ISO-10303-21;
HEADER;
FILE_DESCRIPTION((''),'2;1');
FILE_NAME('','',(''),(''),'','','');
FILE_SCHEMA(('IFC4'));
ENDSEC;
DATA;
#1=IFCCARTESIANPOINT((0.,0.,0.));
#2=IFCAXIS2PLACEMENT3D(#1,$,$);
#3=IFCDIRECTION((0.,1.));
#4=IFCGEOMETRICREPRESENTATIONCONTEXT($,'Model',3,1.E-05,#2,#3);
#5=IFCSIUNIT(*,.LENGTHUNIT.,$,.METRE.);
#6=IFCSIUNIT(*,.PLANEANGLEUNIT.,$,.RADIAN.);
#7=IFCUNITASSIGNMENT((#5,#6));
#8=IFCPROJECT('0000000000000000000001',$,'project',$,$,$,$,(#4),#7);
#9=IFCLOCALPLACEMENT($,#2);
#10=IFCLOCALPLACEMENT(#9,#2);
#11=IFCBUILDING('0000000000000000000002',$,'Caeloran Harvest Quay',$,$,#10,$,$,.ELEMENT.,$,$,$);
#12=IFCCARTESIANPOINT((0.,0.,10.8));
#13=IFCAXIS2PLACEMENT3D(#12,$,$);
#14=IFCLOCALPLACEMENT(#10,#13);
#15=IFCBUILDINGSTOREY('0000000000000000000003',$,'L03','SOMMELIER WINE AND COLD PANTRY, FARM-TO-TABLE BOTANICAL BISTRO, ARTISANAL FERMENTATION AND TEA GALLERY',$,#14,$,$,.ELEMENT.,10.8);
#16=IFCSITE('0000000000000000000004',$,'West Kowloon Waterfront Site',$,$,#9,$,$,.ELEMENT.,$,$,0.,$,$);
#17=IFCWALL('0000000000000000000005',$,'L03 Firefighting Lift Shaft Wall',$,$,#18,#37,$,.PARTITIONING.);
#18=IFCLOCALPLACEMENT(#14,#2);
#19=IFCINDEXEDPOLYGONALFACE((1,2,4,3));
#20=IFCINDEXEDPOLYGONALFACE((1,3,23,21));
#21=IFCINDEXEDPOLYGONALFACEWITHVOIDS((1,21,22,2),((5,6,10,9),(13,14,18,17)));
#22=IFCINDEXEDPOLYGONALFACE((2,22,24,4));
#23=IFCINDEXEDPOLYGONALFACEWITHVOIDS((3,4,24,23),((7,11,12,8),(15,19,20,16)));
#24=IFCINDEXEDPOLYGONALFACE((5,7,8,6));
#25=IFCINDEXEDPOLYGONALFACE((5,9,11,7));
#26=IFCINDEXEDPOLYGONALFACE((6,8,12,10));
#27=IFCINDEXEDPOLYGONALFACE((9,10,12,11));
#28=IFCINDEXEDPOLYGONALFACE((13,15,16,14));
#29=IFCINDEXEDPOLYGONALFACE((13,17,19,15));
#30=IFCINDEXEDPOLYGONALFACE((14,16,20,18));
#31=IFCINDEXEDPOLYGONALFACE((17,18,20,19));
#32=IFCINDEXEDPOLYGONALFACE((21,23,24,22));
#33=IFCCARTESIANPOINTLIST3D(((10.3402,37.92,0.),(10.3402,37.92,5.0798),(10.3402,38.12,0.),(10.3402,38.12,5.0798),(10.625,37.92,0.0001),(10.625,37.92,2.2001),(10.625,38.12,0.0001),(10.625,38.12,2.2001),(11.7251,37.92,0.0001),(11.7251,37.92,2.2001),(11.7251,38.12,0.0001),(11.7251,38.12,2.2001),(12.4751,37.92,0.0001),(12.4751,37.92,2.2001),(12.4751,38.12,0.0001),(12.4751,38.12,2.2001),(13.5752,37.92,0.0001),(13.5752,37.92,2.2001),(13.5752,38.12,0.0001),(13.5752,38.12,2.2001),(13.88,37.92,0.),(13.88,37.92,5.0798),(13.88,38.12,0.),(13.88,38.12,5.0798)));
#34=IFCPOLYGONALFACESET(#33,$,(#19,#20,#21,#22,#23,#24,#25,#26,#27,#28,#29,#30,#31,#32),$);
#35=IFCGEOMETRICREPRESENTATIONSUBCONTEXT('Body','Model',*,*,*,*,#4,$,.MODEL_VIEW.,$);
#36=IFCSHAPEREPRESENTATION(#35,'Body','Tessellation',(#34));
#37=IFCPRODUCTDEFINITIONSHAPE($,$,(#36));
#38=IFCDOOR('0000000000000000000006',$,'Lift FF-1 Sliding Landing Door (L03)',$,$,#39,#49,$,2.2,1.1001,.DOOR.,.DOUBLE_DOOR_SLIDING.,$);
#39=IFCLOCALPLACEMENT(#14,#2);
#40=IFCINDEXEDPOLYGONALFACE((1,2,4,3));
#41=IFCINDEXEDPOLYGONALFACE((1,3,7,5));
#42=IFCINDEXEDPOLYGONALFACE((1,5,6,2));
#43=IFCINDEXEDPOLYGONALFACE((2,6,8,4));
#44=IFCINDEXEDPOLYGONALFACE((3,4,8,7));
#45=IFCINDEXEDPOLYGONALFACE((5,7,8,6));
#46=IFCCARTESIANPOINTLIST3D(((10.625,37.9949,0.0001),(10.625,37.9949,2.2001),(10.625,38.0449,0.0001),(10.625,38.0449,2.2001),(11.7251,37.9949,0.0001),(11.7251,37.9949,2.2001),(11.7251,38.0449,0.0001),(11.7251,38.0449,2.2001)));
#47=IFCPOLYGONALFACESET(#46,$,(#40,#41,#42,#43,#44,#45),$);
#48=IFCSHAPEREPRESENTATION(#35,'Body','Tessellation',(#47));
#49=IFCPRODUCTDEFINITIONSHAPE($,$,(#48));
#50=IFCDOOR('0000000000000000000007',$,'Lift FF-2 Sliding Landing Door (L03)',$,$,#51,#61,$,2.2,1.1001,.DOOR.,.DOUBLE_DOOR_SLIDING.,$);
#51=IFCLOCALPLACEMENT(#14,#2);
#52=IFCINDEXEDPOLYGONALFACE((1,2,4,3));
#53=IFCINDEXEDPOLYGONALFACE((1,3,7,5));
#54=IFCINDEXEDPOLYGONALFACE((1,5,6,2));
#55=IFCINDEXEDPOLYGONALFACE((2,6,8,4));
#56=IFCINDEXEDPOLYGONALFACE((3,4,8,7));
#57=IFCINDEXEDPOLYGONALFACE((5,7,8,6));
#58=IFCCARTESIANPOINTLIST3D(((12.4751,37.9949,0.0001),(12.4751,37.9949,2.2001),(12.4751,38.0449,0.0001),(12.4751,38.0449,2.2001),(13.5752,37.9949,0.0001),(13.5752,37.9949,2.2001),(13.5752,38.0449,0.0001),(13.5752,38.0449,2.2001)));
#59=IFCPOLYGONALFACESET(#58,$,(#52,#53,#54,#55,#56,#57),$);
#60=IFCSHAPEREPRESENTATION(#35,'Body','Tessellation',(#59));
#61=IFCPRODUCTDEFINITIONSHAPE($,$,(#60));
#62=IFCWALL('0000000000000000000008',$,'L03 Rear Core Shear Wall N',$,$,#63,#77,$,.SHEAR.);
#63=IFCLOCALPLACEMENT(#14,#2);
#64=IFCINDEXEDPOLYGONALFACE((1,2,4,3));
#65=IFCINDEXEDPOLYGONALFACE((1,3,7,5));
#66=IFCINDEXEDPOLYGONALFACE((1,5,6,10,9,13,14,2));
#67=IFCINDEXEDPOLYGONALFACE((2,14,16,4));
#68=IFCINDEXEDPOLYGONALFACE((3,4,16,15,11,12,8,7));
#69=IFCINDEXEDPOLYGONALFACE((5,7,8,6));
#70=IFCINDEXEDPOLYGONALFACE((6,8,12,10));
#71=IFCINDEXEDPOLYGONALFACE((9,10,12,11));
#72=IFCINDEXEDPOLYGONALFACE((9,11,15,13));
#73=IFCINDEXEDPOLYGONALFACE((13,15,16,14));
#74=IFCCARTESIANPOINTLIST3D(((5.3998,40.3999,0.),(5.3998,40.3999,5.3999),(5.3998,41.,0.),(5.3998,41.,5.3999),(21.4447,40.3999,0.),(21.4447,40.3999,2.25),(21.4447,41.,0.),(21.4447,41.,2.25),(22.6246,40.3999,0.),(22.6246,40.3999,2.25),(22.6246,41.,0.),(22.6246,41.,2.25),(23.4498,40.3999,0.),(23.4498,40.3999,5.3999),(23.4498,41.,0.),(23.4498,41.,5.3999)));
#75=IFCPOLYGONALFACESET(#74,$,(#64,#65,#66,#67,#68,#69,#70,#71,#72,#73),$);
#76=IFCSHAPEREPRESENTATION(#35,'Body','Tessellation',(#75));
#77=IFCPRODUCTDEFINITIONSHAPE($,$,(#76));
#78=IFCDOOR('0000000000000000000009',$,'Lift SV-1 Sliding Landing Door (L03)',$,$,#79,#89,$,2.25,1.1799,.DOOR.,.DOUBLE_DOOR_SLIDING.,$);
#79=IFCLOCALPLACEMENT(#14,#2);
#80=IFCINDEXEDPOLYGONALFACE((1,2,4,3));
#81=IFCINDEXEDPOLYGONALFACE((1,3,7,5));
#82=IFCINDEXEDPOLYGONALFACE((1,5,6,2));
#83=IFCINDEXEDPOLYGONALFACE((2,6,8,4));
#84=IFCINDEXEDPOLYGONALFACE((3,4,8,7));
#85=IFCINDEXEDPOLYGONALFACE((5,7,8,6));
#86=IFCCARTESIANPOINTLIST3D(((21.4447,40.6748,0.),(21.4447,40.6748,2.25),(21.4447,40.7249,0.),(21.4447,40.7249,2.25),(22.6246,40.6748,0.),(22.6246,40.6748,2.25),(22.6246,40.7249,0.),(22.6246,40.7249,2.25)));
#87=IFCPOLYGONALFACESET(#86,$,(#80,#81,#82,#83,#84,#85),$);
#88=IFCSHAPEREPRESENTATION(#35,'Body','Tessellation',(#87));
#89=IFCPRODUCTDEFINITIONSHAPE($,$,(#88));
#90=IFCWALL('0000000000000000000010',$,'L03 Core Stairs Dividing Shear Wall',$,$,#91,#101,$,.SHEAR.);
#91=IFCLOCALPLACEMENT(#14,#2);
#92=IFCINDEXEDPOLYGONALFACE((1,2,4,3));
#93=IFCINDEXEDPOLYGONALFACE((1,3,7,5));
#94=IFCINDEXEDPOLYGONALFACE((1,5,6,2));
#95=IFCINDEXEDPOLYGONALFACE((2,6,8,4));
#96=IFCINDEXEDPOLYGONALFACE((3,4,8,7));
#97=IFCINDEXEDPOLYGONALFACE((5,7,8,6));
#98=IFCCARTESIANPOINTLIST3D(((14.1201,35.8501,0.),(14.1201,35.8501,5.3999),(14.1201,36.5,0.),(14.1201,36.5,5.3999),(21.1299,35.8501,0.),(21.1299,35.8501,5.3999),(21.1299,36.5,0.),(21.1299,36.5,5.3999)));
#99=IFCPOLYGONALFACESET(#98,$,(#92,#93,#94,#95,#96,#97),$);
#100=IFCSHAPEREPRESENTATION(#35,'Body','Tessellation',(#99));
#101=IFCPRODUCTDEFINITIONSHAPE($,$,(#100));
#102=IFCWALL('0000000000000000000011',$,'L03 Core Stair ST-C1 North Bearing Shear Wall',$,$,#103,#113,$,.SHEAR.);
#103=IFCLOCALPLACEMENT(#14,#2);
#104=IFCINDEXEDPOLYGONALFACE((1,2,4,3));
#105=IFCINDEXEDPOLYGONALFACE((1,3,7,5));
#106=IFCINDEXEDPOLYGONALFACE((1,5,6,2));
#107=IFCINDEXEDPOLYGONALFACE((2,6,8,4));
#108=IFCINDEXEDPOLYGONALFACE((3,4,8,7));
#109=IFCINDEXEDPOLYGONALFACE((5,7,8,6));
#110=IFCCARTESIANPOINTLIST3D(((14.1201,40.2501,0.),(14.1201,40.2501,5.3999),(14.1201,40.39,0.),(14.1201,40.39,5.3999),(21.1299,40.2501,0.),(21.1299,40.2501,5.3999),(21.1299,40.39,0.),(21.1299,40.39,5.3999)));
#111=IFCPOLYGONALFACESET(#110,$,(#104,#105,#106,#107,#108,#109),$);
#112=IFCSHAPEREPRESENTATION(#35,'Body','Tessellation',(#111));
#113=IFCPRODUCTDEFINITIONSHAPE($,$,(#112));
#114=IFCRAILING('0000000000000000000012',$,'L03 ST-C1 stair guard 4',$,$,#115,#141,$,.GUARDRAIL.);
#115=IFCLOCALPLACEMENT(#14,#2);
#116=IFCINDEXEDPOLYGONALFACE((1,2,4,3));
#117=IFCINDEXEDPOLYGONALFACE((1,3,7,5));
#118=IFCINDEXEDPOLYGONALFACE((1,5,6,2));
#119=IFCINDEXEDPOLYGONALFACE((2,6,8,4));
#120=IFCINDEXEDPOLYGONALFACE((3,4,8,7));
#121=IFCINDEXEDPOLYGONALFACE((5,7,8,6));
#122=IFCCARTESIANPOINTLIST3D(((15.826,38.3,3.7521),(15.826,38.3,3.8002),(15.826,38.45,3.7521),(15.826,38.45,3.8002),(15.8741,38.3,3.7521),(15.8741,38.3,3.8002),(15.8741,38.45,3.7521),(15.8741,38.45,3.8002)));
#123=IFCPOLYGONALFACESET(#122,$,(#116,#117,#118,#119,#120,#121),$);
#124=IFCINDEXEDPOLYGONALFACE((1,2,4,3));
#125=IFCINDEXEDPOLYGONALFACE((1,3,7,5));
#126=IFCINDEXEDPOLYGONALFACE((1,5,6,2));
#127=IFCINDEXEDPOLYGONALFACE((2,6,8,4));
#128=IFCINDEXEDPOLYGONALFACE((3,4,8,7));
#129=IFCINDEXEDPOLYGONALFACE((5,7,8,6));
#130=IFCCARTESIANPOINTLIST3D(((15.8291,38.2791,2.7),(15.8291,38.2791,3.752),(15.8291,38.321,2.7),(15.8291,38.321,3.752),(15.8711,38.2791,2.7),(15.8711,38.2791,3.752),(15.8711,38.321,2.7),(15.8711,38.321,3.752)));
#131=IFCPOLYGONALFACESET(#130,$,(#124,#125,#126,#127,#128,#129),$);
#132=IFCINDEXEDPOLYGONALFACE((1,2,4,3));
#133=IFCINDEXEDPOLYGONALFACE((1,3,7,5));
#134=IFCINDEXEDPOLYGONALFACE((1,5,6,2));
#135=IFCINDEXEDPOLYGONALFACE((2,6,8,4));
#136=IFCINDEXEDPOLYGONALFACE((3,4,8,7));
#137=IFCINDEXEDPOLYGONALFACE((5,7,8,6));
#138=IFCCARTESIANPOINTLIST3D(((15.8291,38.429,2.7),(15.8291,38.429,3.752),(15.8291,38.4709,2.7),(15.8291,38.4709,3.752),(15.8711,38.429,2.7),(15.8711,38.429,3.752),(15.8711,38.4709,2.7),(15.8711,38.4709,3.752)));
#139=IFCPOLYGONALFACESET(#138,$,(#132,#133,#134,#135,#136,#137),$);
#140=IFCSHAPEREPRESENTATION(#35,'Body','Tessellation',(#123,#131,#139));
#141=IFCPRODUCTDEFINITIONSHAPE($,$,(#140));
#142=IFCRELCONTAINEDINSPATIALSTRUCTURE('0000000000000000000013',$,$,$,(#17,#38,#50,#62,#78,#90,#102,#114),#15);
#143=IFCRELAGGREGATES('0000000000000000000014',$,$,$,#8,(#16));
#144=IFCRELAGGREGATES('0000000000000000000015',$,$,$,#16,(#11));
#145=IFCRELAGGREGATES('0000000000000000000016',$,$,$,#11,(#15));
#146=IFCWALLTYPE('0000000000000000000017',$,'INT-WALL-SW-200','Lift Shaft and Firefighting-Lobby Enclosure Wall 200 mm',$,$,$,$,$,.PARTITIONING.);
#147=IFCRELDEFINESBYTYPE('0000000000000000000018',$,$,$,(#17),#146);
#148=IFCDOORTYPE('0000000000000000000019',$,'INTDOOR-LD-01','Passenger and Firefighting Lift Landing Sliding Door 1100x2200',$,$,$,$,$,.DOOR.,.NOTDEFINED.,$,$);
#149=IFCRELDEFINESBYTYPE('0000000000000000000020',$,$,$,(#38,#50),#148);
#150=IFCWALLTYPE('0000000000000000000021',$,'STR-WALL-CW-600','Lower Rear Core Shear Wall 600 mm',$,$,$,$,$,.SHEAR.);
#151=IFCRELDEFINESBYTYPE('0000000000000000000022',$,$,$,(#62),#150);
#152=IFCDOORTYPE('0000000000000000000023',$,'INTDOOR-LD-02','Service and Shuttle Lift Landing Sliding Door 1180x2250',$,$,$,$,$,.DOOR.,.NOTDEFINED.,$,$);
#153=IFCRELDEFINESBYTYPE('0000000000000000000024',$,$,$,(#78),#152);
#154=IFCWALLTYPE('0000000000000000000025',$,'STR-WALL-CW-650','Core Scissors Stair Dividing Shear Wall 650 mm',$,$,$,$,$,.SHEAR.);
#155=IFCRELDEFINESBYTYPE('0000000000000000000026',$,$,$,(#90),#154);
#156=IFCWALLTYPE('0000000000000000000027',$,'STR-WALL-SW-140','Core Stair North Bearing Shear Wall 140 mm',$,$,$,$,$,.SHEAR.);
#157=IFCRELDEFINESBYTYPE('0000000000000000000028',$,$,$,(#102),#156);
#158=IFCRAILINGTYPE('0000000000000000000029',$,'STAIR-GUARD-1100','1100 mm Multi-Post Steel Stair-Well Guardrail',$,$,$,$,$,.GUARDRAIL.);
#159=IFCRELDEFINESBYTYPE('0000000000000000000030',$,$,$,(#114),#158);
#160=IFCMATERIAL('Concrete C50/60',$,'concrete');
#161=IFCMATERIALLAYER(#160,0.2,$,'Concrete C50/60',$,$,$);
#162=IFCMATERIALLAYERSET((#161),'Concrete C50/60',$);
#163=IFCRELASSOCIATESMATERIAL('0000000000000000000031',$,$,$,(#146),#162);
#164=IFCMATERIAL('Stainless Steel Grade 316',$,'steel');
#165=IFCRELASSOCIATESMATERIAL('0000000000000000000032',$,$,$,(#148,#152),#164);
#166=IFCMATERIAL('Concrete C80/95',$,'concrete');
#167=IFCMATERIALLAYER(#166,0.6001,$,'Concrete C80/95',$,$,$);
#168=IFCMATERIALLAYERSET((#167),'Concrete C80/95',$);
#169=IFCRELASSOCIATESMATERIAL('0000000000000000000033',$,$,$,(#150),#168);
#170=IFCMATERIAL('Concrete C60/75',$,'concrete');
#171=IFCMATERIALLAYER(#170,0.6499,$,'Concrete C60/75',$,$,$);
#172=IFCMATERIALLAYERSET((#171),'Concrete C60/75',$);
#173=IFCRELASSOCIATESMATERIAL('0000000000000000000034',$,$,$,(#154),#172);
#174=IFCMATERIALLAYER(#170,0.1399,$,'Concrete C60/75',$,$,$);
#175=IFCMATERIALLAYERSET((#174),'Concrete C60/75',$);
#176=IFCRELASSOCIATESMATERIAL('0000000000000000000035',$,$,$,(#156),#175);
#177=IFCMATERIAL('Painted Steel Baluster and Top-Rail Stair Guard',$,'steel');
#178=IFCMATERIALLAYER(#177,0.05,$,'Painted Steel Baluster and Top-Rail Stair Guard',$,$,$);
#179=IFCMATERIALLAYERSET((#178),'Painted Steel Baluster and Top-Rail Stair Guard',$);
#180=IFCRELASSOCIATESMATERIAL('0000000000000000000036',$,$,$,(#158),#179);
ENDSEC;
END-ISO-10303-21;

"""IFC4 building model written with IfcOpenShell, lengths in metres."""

from ifc_helpers import new_model, si_unit, direction, frame, frame_2d, origin, origin_2d, place, context, subcontext, project, spatial, rectangle, extrude, material, layer, layer_set, type_object, element, fill, save


model = new_model("IFC4")

# Units and contexts
model_context = context("Model", 3, precision=1e-05, world=origin(), true_north=direction((0.0, 1.0)))
body_context = subcontext(model_context, "Body", "Model", "MODEL_VIEW")
ifc_project = project(units=[si_unit("LENGTHUNIT", "METRE"), si_unit("PLANEANGLEUNIT", "RADIAN")], contexts=[model_context])

# Site, building, storey
site_placement = place(None, origin())
site = spatial("IfcSite", under=ifc_project, at=site_placement, Name="West Kowloon Waterfront Site", CompositionType="ELEMENT", RefElevation=0.0)
building_placement = place(site_placement, origin())
building = spatial("IfcBuilding", under=site, at=building_placement, Name="Caeloran Harvest Quay", CompositionType="ELEMENT")
storey_placement = place(building_placement, frame((0.0, 0.0, 10.8)))
storey = spatial("IfcBuildingStorey", under=building, at=storey_placement, Name="L03", Description="SOMMELIER WINE AND COLD PANTRY, FARM-TO-TABLE BOTANICAL BISTRO, ARTISANAL FERMENTATION AND TEA GALLERY", CompositionType="ELEMENT", Elevation=10.8)

# Shared definitions
ifc_material_1 = material(Name="Concrete C50/60", Category="concrete")
ifc_layer_1 = layer(ifc_material_1, 0.2, Name="Concrete C50/60")
ifc_layer_set_1 = layer_set([ifc_layer_1], Name="Concrete C50/60")
wall_type_1 = type_object("IfcWallType", Name="INT-WALL-SW-200", Description="Lift Shaft and Firefighting-Lobby Enclosure Wall 200 mm", PredefinedType="PARTITIONING", material=ifc_layer_set_1)

# Wall, openings, doors
wall_1_placement = place(storey_placement, frame((10.3401, 38.02, 0.0), z_axis=(0.0, 0.0, 1.0), x_axis=(1.0, 0.0, 0.0)))
wall_1 = element("IfcWall", 1, at=wall_1_placement, inside=storey, type_object=wall_type_1, Name="L03 Firefighting Lift Shaft Wall", PredefinedType="PARTITIONING", context=body_context, shape_type="SweptSolid", body=[
    extrude(rectangle(XDim=3.5398, YDim=0.2, at=frame_2d((1.77, 0.0))), origin(), (0.0, 0.0, 1.0), 5.0798),
])
opening_1_placement = place(wall_1_placement, frame((0.2849, 0.0, 0.0)))
opening_1 = element("IfcOpeningElement", 2, at=opening_1_placement, cuts=wall_1, PredefinedType="OPENING", context=body_context, shape_type="SweptSolid", body=[
    extrude(rectangle(XDim=1.1001, YDim=2.2, at=frame_2d((0.55, 1.1001))), frame((0.0, 0.1099, 0.0), z_axis=(0.0, -1.0, 0.0), x_axis=(1.0, 0.0, 0.0)), (0.0, 0.0, 1.0), 0.22),
])
opening_2_placement = place(wall_1_placement, frame((2.135, 0.0, 0.0)))
opening_2 = element("IfcOpeningElement", 3, at=opening_2_placement, cuts=wall_1, PredefinedType="OPENING", context=body_context, shape_type="SweptSolid", body=[
    extrude(rectangle(XDim=1.1001, YDim=2.2, at=frame_2d((0.55, 1.1001))), frame((0.0, 0.1099, 0.0), z_axis=(0.0, -1.0, 0.0), x_axis=(1.0, 0.0, 0.0)), (0.0, 0.0, 1.0), 0.22),
])
ifc_material_2 = material(Name="Stainless Steel Grade 316", Category="steel")
door_type_1 = type_object("IfcDoorType", Name="INTDOOR-LD-01", Description="Passenger and Firefighting Lift Landing Sliding Door 1100x2200", OperationType="NOTDEFINED", PredefinedType="DOOR", material=ifc_material_2)
door_1_placement = place(opening_1_placement, origin())
door_1 = element("IfcDoor", 4, at=door_1_placement, inside=storey, type_object=door_type_1, Name="Lift FF-1 Sliding Landing Door (L03)", OperationType="DOUBLE_DOOR_SLIDING", OverallHeight=2.2, OverallWidth=1.1001, PredefinedType="DOOR", context=body_context, shape_type="SweptSolid", body=[
    extrude(rectangle(XDim=1.1001, YDim=2.2, at=frame_2d((0.55, 1.1001))), frame((0.0, 0.0249, 0.0), z_axis=(0.0, -1.0, 0.0), x_axis=(1.0, 0.0, 0.0)), (0.0, 0.0, 1.0), 0.05),
])
fill(opening_1, door_1)
door_2_placement = place(opening_2_placement, origin())
door_2 = element("IfcDoor", 5, at=door_2_placement, inside=storey, type_object=door_type_1, Name="Lift FF-2 Sliding Landing Door (L03)", OperationType="DOUBLE_DOOR_SLIDING", OverallHeight=2.2, OverallWidth=1.1001, PredefinedType="DOOR", context=body_context, shape_type="SweptSolid", body=[
    extrude(rectangle(XDim=1.1001, YDim=2.2, at=frame_2d((0.55, 1.1001))), frame((0.0, 0.0249, 0.0), z_axis=(0.0, -1.0, 0.0), x_axis=(1.0, 0.0, 0.0)), (0.0, 0.0, 1.0), 0.05),
])
fill(opening_2, door_2)

# Wall, opening, door
ifc_material_3 = material(Name="Concrete C80/95", Category="concrete")
ifc_layer_2 = layer(ifc_material_3, 0.6001, Name="Concrete C80/95")
ifc_layer_set_2 = layer_set([ifc_layer_2], Name="Concrete C80/95")
wall_type_2 = type_object("IfcWallType", Name="STR-WALL-CW-600", Description="Lower Rear Core Shear Wall 600 mm", PredefinedType="SHEAR", material=ifc_layer_set_2)
wall_2_placement = place(storey_placement, frame((5.3999, 40.7, 0.0), z_axis=(0.0, 0.0, 1.0), x_axis=(1.0, 0.0, 0.0)))
wall_2 = element("IfcWall", 6, at=wall_2_placement, inside=storey, type_object=wall_type_2, Name="L03 Rear Core Shear Wall N", PredefinedType="SHEAR", context=body_context, shape_type="SweptSolid", body=[
    extrude(rectangle(XDim=18.05, YDim=0.6001, at=frame_2d((9.0249, 0.0))), origin(), (0.0, 0.0, 1.0), 5.3999),
])
opening_3_placement = place(wall_2_placement, frame((16.0449, 0.0, 0.0)))
opening_3 = element("IfcOpeningElement", 7, at=opening_3_placement, cuts=wall_2, PredefinedType="OPENING", context=body_context, shape_type="SweptSolid", body=[
    extrude(rectangle(XDim=1.1799, YDim=2.25, at=frame_2d((0.5898, 1.125))), frame((0.0, 0.3101, 0.0), z_axis=(0.0, -1.0, 0.0), x_axis=(1.0, 0.0, 0.0)), (0.0, 0.0, 1.0), 0.6201),
])
door_type_2 = type_object("IfcDoorType", Name="INTDOOR-LD-02", Description="Service and Shuttle Lift Landing Sliding Door 1180x2250", OperationType="NOTDEFINED", PredefinedType="DOOR", material=ifc_material_2)
door_3_placement = place(opening_3_placement, origin())
door_3 = element("IfcDoor", 8, at=door_3_placement, inside=storey, type_object=door_type_2, Name="Lift SV-1 Sliding Landing Door (L03)", OperationType="DOUBLE_DOOR_SLIDING", OverallHeight=2.25, OverallWidth=1.1799, PredefinedType="DOOR", context=body_context, shape_type="SweptSolid", body=[
    extrude(rectangle(XDim=1.1799, YDim=2.25, at=frame_2d((0.5898, 1.125))), frame((0.0, 0.0249, 0.0), z_axis=(0.0, -1.0, 0.0), x_axis=(1.0, 0.0, 0.0)), (0.0, 0.0, 1.0), 0.05),
])
fill(opening_3, door_3)

# Walls
ifc_material_4 = material(Name="Concrete C60/75", Category="concrete")
ifc_layer_3 = layer(ifc_material_4, 0.6499, Name="Concrete C60/75")
ifc_layer_set_3 = layer_set([ifc_layer_3], Name="Concrete C60/75")
wall_type_3 = type_object("IfcWallType", Name="STR-WALL-CW-650", Description="Core Scissors Stair Dividing Shear Wall 650 mm", PredefinedType="SHEAR", material=ifc_layer_set_3)
wall_3_placement = place(storey_placement, frame((14.1201, 36.175, 0.0), z_axis=(0.0, 0.0, 1.0), x_axis=(1.0, 0.0, 0.0)))
element("IfcWall", 9, at=wall_3_placement, inside=storey, type_object=wall_type_3, Name="L03 Core Stairs Dividing Shear Wall", PredefinedType="SHEAR", context=body_context, shape_type="SweptSolid", body=[
    extrude(rectangle(XDim=7.0098, YDim=0.6499, at=frame_2d((3.5049, 0.0))), origin(), (0.0, 0.0, 1.0), 5.3999),
])
ifc_layer_4 = layer(ifc_material_4, 0.1399, Name="Concrete C60/75")
ifc_layer_set_4 = layer_set([ifc_layer_4], Name="Concrete C60/75")
wall_type_4 = type_object("IfcWallType", Name="STR-WALL-SW-140", Description="Core Stair North Bearing Shear Wall 140 mm", PredefinedType="SHEAR", material=ifc_layer_set_4)
wall_4_placement = place(storey_placement, frame((14.1201, 40.3201, 0.0), z_axis=(0.0, 0.0, 1.0), x_axis=(1.0, 0.0, 0.0)))
element("IfcWall", 10, at=wall_4_placement, inside=storey, type_object=wall_type_4, Name="L03 Core Stair ST-C1 North Bearing Shear Wall", PredefinedType="SHEAR", context=body_context, shape_type="SweptSolid", body=[
    extrude(rectangle(XDim=7.0098, YDim=0.1399, at=frame_2d((3.5049, 0.0))), origin(), (0.0, 0.0, 1.0), 5.3999),
])

# Railing
ifc_material_5 = material(Name="Painted Steel Baluster and Top-Rail Stair Guard", Category="steel")
ifc_layer_5 = layer(ifc_material_5, 0.05, Name="Painted Steel Baluster and Top-Rail Stair Guard")
ifc_layer_set_5 = layer_set([ifc_layer_5], Name="Painted Steel Baluster and Top-Rail Stair Guard")
railing_type = type_object("IfcRailingType", Name="STAIR-GUARD-1100", Description="1100 mm Multi-Post Steel Stair-Well Guardrail", PredefinedType="GUARDRAIL", material=ifc_layer_set_5)
railing_placement = place(storey_placement, frame((15.8501, 38.3, 2.7)))
element("IfcRailing", 11, at=railing_placement, inside=storey, type_object=railing_type, Name="L03 ST-C1 stair guard 4", PredefinedType="GUARDRAIL", context=body_context, shape_type="SweptSolid", body=[
    extrude(rectangle(XDim=0.0481, YDim=0.0481, at=origin_2d()), frame((0.0, 0.0, 1.0762), z_axis=(0.0, 1.0, 0.0), x_axis=(-1.0, 0.0, 0.0)), (0.0, 0.0, 1.0), 0.1499),
    extrude(rectangle(XDim=0.042, YDim=0.042, at=origin_2d()), origin(), (0.0, 0.0, 1.0), 1.052),
    extrude(rectangle(XDim=0.042, YDim=0.042, at=origin_2d()), frame((0.0, 0.1499, 0.0)), (0.0, 0.0, 1.0), 1.052),
])

save(model, "model.ifc")
